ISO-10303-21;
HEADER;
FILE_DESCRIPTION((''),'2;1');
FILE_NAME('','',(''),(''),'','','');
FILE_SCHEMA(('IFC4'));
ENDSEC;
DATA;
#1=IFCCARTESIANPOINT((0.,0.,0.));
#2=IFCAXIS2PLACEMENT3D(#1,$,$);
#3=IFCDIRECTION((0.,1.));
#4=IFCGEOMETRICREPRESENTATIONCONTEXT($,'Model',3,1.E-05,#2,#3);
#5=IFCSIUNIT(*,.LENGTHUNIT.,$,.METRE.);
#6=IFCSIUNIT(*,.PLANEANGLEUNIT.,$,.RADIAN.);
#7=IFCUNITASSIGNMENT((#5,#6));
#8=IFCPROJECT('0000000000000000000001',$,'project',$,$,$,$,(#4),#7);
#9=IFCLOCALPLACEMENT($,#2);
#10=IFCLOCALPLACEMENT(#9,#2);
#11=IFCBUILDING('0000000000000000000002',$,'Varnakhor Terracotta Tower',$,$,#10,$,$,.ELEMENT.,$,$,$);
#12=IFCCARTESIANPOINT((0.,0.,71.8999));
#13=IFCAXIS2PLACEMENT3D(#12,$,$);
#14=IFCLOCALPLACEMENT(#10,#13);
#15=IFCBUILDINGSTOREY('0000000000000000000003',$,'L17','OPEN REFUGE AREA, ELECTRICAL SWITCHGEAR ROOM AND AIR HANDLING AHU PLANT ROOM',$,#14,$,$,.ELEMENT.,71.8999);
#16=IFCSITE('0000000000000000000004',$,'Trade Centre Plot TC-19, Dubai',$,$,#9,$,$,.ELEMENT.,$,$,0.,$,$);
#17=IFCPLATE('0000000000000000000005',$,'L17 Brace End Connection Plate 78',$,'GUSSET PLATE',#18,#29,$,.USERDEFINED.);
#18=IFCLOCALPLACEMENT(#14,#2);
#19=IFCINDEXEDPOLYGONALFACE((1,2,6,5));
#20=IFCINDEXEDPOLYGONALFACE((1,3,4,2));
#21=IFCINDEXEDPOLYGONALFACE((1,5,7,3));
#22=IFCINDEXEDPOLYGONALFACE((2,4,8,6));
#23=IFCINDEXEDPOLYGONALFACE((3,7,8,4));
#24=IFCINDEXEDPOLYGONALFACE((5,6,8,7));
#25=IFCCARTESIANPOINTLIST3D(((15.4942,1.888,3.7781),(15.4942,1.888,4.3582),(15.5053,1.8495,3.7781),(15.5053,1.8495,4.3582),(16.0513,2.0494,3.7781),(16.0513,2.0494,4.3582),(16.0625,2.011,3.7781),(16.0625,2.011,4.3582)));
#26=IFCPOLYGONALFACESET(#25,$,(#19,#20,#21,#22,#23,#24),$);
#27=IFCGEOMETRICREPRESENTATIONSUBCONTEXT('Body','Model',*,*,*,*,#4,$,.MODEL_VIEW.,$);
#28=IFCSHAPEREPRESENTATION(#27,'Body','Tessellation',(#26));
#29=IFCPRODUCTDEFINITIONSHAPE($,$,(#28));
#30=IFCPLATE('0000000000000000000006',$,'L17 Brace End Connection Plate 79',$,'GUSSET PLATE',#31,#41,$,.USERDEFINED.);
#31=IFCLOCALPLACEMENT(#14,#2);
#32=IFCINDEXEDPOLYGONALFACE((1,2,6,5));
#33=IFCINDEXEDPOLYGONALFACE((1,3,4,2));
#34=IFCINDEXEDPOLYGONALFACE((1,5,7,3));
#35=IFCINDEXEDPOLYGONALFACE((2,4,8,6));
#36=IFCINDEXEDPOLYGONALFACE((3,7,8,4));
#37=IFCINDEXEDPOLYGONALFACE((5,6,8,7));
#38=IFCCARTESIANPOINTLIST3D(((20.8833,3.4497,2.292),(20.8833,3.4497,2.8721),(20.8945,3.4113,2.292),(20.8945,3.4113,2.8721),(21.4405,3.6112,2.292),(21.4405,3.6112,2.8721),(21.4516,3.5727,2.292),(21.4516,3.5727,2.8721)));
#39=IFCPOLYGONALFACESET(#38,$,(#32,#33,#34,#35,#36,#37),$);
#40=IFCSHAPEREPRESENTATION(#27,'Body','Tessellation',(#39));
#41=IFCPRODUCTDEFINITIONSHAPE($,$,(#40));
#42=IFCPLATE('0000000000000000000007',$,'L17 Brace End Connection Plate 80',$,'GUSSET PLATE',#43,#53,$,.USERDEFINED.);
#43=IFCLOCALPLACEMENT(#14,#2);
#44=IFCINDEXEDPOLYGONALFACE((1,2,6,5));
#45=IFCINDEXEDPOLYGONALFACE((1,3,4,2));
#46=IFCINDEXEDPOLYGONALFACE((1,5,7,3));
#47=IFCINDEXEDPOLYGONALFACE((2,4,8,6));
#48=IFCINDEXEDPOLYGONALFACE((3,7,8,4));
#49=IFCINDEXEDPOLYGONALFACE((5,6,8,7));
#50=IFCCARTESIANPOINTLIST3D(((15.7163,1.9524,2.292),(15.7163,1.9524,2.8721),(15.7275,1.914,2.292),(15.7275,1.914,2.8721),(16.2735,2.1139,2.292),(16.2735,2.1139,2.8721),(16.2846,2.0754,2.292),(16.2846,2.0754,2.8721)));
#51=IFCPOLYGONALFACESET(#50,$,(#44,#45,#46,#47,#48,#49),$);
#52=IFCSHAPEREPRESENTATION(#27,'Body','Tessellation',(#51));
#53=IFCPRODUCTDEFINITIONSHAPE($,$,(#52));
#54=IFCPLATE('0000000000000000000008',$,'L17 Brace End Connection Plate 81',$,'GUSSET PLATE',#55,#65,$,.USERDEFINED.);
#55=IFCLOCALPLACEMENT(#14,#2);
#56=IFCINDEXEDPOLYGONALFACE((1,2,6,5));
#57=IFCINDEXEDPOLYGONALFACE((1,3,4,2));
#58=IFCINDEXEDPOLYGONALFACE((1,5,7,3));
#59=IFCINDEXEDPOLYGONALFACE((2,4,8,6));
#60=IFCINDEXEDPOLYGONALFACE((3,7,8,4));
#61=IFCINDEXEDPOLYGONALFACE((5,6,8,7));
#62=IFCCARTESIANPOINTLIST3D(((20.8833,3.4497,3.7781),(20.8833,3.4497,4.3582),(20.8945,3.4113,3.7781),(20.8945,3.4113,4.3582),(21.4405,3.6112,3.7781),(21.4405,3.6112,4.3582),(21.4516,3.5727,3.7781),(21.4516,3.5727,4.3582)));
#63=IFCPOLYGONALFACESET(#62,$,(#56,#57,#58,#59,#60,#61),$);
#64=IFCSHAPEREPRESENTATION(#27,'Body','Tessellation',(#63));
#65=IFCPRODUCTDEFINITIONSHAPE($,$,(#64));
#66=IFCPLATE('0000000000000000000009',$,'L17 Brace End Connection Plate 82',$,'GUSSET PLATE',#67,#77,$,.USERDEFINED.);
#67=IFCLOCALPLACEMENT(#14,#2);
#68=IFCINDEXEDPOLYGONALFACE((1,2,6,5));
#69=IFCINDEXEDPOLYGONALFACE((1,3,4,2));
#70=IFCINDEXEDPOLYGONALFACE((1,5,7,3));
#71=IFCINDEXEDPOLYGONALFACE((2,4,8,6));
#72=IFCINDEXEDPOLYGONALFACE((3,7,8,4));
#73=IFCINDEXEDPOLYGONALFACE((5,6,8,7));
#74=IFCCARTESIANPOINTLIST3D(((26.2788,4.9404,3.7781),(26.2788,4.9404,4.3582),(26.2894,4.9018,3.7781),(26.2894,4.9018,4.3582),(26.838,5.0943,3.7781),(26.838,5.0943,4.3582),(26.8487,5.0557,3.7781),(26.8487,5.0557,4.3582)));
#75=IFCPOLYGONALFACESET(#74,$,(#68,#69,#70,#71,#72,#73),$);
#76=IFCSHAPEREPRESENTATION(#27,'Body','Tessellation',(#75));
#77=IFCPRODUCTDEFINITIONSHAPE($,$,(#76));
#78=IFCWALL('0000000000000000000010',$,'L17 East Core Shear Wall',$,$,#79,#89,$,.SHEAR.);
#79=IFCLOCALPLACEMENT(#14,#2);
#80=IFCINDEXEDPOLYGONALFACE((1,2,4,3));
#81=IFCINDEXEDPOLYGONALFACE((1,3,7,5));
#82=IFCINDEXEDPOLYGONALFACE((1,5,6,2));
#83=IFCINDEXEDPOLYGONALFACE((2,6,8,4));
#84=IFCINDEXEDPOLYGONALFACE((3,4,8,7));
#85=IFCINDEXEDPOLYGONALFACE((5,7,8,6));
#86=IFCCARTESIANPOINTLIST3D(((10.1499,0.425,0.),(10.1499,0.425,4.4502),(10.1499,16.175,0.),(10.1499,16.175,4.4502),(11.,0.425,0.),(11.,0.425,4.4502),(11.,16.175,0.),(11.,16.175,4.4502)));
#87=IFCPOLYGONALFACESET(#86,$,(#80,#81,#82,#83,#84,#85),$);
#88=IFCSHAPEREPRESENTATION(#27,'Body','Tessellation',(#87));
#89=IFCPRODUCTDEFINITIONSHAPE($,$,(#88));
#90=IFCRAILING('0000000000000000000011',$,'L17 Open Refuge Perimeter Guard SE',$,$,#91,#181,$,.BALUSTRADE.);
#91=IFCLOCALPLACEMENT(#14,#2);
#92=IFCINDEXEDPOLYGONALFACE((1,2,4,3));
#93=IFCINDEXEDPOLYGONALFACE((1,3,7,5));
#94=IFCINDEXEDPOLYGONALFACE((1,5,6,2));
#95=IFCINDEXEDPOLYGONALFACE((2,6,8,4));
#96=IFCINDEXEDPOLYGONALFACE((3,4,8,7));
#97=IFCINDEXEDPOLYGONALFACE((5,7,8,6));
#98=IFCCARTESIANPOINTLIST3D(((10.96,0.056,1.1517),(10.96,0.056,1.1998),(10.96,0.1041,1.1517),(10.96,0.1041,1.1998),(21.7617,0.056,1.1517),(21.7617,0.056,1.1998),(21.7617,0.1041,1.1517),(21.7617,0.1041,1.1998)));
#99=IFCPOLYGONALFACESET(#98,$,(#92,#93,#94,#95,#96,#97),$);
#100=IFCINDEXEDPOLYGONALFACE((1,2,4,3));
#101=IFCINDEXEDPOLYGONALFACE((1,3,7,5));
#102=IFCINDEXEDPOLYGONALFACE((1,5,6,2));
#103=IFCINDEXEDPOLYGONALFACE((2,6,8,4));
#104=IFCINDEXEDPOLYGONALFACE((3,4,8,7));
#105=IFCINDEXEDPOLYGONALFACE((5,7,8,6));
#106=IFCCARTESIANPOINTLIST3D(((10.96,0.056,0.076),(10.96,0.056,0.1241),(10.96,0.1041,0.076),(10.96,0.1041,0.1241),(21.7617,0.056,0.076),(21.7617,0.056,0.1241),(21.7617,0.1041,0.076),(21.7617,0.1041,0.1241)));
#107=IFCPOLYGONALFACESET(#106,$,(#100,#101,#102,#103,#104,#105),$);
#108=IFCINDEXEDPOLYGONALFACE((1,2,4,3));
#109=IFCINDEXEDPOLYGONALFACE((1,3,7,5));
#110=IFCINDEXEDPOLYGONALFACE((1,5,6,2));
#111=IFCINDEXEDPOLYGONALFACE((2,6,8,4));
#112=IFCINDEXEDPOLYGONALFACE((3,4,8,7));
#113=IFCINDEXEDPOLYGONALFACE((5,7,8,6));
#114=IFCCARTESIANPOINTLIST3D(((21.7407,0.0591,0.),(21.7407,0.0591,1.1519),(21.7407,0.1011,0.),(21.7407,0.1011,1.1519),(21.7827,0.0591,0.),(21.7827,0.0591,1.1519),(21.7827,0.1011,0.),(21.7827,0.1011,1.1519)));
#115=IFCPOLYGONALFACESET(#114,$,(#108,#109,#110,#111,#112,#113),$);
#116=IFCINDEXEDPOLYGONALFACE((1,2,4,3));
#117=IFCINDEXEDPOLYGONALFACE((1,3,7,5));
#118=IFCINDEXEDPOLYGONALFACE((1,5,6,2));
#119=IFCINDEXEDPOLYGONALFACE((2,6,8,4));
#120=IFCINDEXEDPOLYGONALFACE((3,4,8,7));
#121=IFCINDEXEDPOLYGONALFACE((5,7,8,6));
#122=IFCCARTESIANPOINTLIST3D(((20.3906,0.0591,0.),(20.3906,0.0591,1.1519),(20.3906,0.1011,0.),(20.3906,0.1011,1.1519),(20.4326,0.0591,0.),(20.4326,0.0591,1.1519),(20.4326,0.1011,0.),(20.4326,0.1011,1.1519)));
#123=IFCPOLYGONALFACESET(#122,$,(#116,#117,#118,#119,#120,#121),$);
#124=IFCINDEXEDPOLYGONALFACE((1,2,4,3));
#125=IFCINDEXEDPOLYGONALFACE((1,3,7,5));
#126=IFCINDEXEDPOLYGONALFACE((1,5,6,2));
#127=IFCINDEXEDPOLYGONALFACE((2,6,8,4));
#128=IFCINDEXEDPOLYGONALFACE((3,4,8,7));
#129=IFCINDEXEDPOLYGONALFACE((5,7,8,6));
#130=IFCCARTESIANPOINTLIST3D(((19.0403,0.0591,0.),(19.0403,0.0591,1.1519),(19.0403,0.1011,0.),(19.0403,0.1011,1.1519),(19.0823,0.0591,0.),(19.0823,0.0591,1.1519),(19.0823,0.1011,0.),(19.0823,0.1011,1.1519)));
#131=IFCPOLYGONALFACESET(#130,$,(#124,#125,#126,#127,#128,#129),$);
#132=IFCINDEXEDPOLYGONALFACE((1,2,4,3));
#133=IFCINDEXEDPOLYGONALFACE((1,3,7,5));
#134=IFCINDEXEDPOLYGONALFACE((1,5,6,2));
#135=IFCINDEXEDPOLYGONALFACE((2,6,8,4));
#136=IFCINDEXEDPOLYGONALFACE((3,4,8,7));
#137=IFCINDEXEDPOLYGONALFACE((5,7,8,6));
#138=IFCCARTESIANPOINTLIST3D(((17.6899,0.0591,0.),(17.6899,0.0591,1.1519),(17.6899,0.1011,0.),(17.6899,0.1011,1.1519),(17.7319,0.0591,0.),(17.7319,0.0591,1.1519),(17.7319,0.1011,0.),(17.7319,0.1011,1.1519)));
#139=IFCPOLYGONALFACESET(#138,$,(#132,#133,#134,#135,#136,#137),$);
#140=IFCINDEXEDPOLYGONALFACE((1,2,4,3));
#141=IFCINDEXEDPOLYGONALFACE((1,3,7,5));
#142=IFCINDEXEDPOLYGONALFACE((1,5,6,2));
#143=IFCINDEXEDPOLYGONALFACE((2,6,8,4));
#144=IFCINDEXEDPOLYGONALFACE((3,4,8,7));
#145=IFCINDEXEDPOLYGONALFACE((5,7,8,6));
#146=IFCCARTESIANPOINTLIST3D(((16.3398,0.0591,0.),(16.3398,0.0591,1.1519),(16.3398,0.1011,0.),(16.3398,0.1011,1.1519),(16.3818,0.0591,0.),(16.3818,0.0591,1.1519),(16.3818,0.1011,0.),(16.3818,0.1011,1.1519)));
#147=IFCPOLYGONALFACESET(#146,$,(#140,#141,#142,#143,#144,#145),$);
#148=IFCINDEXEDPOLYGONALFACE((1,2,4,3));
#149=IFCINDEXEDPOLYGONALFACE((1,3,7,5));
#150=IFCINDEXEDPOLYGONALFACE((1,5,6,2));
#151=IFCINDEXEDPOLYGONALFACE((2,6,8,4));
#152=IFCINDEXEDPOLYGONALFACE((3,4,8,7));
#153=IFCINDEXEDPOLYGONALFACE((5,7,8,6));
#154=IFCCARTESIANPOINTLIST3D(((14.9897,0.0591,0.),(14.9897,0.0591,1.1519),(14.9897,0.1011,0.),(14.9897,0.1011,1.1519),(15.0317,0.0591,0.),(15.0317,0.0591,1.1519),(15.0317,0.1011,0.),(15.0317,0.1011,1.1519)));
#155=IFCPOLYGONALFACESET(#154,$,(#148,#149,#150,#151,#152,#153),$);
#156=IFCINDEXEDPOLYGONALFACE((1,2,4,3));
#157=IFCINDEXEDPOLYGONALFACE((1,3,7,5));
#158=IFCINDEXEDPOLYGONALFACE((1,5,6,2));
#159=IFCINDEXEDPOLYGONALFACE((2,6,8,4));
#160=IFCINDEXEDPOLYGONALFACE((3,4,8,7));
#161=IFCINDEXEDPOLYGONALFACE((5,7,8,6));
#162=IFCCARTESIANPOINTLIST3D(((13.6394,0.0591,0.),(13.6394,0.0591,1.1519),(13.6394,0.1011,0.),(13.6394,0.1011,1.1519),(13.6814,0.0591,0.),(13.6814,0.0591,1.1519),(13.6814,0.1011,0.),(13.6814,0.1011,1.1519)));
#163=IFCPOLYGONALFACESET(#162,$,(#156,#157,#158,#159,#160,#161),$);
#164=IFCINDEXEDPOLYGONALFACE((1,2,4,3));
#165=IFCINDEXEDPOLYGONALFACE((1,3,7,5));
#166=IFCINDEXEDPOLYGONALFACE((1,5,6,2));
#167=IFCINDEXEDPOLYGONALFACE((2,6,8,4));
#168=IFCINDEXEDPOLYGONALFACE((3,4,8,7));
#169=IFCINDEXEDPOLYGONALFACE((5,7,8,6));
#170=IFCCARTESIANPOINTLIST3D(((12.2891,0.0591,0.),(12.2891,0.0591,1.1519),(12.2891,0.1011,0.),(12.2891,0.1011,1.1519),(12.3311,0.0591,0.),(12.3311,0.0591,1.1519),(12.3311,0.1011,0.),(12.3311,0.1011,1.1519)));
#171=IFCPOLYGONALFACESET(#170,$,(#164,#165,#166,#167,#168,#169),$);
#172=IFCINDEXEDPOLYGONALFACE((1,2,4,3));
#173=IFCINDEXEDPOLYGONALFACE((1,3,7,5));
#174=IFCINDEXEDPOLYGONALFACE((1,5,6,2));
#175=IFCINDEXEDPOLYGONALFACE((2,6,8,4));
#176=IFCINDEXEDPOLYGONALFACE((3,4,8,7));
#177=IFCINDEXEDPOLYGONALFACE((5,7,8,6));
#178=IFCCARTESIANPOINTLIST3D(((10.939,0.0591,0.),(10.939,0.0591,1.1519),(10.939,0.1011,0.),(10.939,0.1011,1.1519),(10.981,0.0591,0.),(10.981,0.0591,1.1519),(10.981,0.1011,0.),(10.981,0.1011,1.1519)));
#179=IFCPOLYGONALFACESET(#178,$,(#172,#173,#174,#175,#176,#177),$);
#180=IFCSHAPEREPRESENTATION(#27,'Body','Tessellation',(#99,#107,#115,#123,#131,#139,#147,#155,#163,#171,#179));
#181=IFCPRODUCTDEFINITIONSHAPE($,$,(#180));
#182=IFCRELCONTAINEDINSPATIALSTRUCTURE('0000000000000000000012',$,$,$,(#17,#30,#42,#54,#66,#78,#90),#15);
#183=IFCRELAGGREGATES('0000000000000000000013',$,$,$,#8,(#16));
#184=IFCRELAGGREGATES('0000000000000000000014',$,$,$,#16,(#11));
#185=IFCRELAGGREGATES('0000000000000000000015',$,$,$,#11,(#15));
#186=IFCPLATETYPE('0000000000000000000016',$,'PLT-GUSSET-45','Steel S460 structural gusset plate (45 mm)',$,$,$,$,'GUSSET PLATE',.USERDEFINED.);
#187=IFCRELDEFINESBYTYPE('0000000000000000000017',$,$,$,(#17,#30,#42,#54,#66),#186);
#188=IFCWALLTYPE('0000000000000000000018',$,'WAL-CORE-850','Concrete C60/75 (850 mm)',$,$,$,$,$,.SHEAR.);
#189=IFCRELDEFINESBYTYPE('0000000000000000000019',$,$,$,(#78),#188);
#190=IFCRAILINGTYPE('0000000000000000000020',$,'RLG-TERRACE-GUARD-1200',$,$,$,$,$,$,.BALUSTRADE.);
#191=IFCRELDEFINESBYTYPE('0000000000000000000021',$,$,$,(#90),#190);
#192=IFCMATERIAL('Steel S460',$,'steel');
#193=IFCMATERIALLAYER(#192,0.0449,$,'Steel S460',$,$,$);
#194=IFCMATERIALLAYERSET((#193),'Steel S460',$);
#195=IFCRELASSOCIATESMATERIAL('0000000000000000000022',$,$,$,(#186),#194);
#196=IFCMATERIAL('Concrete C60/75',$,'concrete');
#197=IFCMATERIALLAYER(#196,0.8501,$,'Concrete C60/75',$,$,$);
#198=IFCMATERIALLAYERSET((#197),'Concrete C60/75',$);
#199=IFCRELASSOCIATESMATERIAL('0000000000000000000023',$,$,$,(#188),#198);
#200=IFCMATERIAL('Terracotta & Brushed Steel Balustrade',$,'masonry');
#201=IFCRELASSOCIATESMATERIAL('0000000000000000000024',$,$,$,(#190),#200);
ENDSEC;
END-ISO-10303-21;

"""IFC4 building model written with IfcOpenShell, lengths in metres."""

from ifc_helpers import new_model, si_unit, direction, frame, frame_2d, origin, origin_2d, place, context, subcontext, project, spatial, rectangle, extrude, source, transform, mapped, material, layer, layer_set, type_object, element, save


model = new_model("IFC4")

# Units and contexts
model_context = context("Model", 3, precision=1e-05, world=origin(), true_north=direction((0.0, 1.0)))
body_context = subcontext(model_context, "Body", "Model", "MODEL_VIEW")
ifc_project = project(units=[si_unit("LENGTHUNIT", "METRE"), si_unit("PLANEANGLEUNIT", "RADIAN")], contexts=[model_context])

# Site, building, storey
site_placement = place(None, origin())
site = spatial("IfcSite", under=ifc_project, at=site_placement, Name="Trade Centre Plot TC-19, Dubai", CompositionType="ELEMENT", RefElevation=0.0)
building_placement = place(site_placement, origin())
building = spatial("IfcBuilding", under=site, at=building_placement, Name="Varnakhor Terracotta Tower", CompositionType="ELEMENT")
storey_placement = place(building_placement, frame((0.0, 0.0, 71.8999)))
storey = spatial("IfcBuildingStorey", under=building, at=storey_placement, Name="L17", Description="OPEN REFUGE AREA, ELECTRICAL SWITCHGEAR ROOM AND AIR HANDLING AHU PLANT ROOM", CompositionType="ELEMENT", Elevation=71.8999)

# Shared definitions
ifc_material_1 = material(Name="Steel S460", Category="steel")

# Plates
ifc_layer_1 = layer(ifc_material_1, 0.0449, Name="Steel S460")
ifc_layer_set_1 = layer_set([ifc_layer_1], Name="Steel S460")
plate_type_1 = type_object("IfcPlateType", Name="PLT-GUSSET-45", Description="Steel S460 structural gusset plate (45 mm)", ElementType="GUSSET PLATE", PredefinedType="USERDEFINED", material=ifc_layer_set_1)
shared_shape_1 = source(origin(), body_context, "Body", "SweptSolid", [
    extrude(rectangle(XDim=0.5801, YDim=0.04, at=origin_2d()), origin(), (0.0, 0.0, 1.0), 0.5801),
])
for number, where, z_axis, x_axis, name in (
    (1, (15.7783, 1.9495, 3.7781), (0.0, 0.0, 1.0), (0.960488, 0.278321, 0.0), "L17 Brace End Connection Plate 78"),
    (2, (21.1675, 3.5112, 2.292), (0.0, 0.0, 1.0), (0.960483, 0.278337, 0.0), "L17 Brace End Connection Plate 79"),
    (3, (16.0005, 2.0139, 2.292), (0.0, 0.0, 1.0), (0.960483, 0.278337, 0.0), "L17 Brace End Connection Plate 80"),
    (4, (21.1675, 3.5112, 3.7781), (0.0, 0.0, 1.0), (0.960483, 0.278337, 0.0), "L17 Brace End Connection Plate 81"),
    (5, (26.5637, 4.998, 3.7781), (0.0, 0.0, 1.0), (0.964151, 0.265354, 0.0), "L17 Brace End Connection Plate 82"),
):
    element("IfcPlate", number, at=place(storey_placement, frame(where, z_axis=z_axis, x_axis=x_axis)), inside=storey, type_object=plate_type_1, Name=name, ObjectType="GUSSET PLATE", PredefinedType="USERDEFINED", context=body_context, shape_type="MappedRepresentation", body=[
        mapped(shared_shape_1, transform((0.0, 0.0, 0.0), scale=1.0)),
    ])

# Wall
ifc_material_2 = material(Name="Concrete C60/75", Category="concrete")
ifc_layer_2 = layer(ifc_material_2, 0.8501, Name="Concrete C60/75")
ifc_layer_set_2 = layer_set([ifc_layer_2], Name="Concrete C60/75")
wall_type = type_object("IfcWallType", Name="WAL-CORE-850", Description="Concrete C60/75 (850 mm)", PredefinedType="SHEAR", material=ifc_layer_set_2)
wall_placement = place(storey_placement, frame((10.575, 0.425, 0.0), z_axis=(0.0, 0.0, 1.0), x_axis=(0.0, 1.0, 0.0)))
element("IfcWall", 6, at=wall_placement, inside=storey, type_object=wall_type, Name="L17 East Core Shear Wall", PredefinedType="SHEAR", context=body_context, shape_type="SweptSolid", body=[
    extrude(rectangle(XDim=15.75, YDim=0.8501, at=frame_2d((7.875, 0.0))), origin(), (0.0, 0.0, 1.0), 4.4502),
])

# Railing
ifc_material_3 = material(Name="Terracotta & Brushed Steel Balustrade", Category="masonry")
railing_type = type_object("IfcRailingType", Name="RLG-TERRACE-GUARD-1200", PredefinedType="BALUSTRADE", material=ifc_material_3)
railing_placement = place(storey_placement, frame((21.7617, 0.0801, 0.0)))
element("IfcRailing", 7, at=railing_placement, inside=storey, type_object=railing_type, Name="L17 Open Refuge Perimeter Guard SE", PredefinedType="BALUSTRADE", context=body_context, shape_type="SweptSolid", body=[
    extrude(rectangle(XDim=0.0481, YDim=0.0481, at=origin_2d()), frame((0.0, 0.0, 1.1758), z_axis=(-1.0, 0.0, 0.0), x_axis=(0.0, -1.0, 0.0)), (0.0, 0.0, 1.0), 10.8018),
    extrude(rectangle(XDim=0.0481, YDim=0.0481, at=origin_2d()), frame((0.0, 0.0, 0.1001), z_axis=(-1.0, 0.0, 0.0), x_axis=(0.0, -1.0, 0.0)), (0.0, 0.0, 1.0), 10.8018),
    extrude(rectangle(XDim=0.042, YDim=0.042, at=origin_2d()), origin(), (0.0, 0.0, 1.0), 1.1519),
    extrude(rectangle(XDim=0.042, YDim=0.042, at=origin_2d()), frame((-1.3501, 0.0, 0.0)), (0.0, 0.0, 1.0), 1.1519),
    extrude(rectangle(XDim=0.042, YDim=0.042, at=origin_2d()), frame((-2.7004, 0.0, 0.0)), (0.0, 0.0, 1.0), 1.1519),
    extrude(rectangle(XDim=0.042, YDim=0.042, at=origin_2d()), frame((-4.0508, 0.0, 0.0)), (0.0, 0.0, 1.0), 1.1519),
    extrude(rectangle(XDim=0.042, YDim=0.042, at=origin_2d()), frame((-5.4009, 0.0, 0.0)), (0.0, 0.0, 1.0), 1.1519),
    extrude(rectangle(XDim=0.042, YDim=0.042, at=origin_2d()), frame((-6.751, 0.0, 0.0)), (0.0, 0.0, 1.0), 1.1519),
    extrude(rectangle(XDim=0.042, YDim=0.042, at=origin_2d()), frame((-8.1013, 0.0, 0.0)), (0.0, 0.0, 1.0), 1.1519),
    extrude(rectangle(XDim=0.042, YDim=0.042, at=origin_2d()), frame((-9.4517, 0.0, 0.0)), (0.0, 0.0, 1.0), 1.1519),
    extrude(rectangle(XDim=0.042, YDim=0.042, at=origin_2d()), frame((-10.8018, 0.0, 0.0)), (0.0, 0.0, 1.0), 1.1519),
])

save(model, "model.ifc")
